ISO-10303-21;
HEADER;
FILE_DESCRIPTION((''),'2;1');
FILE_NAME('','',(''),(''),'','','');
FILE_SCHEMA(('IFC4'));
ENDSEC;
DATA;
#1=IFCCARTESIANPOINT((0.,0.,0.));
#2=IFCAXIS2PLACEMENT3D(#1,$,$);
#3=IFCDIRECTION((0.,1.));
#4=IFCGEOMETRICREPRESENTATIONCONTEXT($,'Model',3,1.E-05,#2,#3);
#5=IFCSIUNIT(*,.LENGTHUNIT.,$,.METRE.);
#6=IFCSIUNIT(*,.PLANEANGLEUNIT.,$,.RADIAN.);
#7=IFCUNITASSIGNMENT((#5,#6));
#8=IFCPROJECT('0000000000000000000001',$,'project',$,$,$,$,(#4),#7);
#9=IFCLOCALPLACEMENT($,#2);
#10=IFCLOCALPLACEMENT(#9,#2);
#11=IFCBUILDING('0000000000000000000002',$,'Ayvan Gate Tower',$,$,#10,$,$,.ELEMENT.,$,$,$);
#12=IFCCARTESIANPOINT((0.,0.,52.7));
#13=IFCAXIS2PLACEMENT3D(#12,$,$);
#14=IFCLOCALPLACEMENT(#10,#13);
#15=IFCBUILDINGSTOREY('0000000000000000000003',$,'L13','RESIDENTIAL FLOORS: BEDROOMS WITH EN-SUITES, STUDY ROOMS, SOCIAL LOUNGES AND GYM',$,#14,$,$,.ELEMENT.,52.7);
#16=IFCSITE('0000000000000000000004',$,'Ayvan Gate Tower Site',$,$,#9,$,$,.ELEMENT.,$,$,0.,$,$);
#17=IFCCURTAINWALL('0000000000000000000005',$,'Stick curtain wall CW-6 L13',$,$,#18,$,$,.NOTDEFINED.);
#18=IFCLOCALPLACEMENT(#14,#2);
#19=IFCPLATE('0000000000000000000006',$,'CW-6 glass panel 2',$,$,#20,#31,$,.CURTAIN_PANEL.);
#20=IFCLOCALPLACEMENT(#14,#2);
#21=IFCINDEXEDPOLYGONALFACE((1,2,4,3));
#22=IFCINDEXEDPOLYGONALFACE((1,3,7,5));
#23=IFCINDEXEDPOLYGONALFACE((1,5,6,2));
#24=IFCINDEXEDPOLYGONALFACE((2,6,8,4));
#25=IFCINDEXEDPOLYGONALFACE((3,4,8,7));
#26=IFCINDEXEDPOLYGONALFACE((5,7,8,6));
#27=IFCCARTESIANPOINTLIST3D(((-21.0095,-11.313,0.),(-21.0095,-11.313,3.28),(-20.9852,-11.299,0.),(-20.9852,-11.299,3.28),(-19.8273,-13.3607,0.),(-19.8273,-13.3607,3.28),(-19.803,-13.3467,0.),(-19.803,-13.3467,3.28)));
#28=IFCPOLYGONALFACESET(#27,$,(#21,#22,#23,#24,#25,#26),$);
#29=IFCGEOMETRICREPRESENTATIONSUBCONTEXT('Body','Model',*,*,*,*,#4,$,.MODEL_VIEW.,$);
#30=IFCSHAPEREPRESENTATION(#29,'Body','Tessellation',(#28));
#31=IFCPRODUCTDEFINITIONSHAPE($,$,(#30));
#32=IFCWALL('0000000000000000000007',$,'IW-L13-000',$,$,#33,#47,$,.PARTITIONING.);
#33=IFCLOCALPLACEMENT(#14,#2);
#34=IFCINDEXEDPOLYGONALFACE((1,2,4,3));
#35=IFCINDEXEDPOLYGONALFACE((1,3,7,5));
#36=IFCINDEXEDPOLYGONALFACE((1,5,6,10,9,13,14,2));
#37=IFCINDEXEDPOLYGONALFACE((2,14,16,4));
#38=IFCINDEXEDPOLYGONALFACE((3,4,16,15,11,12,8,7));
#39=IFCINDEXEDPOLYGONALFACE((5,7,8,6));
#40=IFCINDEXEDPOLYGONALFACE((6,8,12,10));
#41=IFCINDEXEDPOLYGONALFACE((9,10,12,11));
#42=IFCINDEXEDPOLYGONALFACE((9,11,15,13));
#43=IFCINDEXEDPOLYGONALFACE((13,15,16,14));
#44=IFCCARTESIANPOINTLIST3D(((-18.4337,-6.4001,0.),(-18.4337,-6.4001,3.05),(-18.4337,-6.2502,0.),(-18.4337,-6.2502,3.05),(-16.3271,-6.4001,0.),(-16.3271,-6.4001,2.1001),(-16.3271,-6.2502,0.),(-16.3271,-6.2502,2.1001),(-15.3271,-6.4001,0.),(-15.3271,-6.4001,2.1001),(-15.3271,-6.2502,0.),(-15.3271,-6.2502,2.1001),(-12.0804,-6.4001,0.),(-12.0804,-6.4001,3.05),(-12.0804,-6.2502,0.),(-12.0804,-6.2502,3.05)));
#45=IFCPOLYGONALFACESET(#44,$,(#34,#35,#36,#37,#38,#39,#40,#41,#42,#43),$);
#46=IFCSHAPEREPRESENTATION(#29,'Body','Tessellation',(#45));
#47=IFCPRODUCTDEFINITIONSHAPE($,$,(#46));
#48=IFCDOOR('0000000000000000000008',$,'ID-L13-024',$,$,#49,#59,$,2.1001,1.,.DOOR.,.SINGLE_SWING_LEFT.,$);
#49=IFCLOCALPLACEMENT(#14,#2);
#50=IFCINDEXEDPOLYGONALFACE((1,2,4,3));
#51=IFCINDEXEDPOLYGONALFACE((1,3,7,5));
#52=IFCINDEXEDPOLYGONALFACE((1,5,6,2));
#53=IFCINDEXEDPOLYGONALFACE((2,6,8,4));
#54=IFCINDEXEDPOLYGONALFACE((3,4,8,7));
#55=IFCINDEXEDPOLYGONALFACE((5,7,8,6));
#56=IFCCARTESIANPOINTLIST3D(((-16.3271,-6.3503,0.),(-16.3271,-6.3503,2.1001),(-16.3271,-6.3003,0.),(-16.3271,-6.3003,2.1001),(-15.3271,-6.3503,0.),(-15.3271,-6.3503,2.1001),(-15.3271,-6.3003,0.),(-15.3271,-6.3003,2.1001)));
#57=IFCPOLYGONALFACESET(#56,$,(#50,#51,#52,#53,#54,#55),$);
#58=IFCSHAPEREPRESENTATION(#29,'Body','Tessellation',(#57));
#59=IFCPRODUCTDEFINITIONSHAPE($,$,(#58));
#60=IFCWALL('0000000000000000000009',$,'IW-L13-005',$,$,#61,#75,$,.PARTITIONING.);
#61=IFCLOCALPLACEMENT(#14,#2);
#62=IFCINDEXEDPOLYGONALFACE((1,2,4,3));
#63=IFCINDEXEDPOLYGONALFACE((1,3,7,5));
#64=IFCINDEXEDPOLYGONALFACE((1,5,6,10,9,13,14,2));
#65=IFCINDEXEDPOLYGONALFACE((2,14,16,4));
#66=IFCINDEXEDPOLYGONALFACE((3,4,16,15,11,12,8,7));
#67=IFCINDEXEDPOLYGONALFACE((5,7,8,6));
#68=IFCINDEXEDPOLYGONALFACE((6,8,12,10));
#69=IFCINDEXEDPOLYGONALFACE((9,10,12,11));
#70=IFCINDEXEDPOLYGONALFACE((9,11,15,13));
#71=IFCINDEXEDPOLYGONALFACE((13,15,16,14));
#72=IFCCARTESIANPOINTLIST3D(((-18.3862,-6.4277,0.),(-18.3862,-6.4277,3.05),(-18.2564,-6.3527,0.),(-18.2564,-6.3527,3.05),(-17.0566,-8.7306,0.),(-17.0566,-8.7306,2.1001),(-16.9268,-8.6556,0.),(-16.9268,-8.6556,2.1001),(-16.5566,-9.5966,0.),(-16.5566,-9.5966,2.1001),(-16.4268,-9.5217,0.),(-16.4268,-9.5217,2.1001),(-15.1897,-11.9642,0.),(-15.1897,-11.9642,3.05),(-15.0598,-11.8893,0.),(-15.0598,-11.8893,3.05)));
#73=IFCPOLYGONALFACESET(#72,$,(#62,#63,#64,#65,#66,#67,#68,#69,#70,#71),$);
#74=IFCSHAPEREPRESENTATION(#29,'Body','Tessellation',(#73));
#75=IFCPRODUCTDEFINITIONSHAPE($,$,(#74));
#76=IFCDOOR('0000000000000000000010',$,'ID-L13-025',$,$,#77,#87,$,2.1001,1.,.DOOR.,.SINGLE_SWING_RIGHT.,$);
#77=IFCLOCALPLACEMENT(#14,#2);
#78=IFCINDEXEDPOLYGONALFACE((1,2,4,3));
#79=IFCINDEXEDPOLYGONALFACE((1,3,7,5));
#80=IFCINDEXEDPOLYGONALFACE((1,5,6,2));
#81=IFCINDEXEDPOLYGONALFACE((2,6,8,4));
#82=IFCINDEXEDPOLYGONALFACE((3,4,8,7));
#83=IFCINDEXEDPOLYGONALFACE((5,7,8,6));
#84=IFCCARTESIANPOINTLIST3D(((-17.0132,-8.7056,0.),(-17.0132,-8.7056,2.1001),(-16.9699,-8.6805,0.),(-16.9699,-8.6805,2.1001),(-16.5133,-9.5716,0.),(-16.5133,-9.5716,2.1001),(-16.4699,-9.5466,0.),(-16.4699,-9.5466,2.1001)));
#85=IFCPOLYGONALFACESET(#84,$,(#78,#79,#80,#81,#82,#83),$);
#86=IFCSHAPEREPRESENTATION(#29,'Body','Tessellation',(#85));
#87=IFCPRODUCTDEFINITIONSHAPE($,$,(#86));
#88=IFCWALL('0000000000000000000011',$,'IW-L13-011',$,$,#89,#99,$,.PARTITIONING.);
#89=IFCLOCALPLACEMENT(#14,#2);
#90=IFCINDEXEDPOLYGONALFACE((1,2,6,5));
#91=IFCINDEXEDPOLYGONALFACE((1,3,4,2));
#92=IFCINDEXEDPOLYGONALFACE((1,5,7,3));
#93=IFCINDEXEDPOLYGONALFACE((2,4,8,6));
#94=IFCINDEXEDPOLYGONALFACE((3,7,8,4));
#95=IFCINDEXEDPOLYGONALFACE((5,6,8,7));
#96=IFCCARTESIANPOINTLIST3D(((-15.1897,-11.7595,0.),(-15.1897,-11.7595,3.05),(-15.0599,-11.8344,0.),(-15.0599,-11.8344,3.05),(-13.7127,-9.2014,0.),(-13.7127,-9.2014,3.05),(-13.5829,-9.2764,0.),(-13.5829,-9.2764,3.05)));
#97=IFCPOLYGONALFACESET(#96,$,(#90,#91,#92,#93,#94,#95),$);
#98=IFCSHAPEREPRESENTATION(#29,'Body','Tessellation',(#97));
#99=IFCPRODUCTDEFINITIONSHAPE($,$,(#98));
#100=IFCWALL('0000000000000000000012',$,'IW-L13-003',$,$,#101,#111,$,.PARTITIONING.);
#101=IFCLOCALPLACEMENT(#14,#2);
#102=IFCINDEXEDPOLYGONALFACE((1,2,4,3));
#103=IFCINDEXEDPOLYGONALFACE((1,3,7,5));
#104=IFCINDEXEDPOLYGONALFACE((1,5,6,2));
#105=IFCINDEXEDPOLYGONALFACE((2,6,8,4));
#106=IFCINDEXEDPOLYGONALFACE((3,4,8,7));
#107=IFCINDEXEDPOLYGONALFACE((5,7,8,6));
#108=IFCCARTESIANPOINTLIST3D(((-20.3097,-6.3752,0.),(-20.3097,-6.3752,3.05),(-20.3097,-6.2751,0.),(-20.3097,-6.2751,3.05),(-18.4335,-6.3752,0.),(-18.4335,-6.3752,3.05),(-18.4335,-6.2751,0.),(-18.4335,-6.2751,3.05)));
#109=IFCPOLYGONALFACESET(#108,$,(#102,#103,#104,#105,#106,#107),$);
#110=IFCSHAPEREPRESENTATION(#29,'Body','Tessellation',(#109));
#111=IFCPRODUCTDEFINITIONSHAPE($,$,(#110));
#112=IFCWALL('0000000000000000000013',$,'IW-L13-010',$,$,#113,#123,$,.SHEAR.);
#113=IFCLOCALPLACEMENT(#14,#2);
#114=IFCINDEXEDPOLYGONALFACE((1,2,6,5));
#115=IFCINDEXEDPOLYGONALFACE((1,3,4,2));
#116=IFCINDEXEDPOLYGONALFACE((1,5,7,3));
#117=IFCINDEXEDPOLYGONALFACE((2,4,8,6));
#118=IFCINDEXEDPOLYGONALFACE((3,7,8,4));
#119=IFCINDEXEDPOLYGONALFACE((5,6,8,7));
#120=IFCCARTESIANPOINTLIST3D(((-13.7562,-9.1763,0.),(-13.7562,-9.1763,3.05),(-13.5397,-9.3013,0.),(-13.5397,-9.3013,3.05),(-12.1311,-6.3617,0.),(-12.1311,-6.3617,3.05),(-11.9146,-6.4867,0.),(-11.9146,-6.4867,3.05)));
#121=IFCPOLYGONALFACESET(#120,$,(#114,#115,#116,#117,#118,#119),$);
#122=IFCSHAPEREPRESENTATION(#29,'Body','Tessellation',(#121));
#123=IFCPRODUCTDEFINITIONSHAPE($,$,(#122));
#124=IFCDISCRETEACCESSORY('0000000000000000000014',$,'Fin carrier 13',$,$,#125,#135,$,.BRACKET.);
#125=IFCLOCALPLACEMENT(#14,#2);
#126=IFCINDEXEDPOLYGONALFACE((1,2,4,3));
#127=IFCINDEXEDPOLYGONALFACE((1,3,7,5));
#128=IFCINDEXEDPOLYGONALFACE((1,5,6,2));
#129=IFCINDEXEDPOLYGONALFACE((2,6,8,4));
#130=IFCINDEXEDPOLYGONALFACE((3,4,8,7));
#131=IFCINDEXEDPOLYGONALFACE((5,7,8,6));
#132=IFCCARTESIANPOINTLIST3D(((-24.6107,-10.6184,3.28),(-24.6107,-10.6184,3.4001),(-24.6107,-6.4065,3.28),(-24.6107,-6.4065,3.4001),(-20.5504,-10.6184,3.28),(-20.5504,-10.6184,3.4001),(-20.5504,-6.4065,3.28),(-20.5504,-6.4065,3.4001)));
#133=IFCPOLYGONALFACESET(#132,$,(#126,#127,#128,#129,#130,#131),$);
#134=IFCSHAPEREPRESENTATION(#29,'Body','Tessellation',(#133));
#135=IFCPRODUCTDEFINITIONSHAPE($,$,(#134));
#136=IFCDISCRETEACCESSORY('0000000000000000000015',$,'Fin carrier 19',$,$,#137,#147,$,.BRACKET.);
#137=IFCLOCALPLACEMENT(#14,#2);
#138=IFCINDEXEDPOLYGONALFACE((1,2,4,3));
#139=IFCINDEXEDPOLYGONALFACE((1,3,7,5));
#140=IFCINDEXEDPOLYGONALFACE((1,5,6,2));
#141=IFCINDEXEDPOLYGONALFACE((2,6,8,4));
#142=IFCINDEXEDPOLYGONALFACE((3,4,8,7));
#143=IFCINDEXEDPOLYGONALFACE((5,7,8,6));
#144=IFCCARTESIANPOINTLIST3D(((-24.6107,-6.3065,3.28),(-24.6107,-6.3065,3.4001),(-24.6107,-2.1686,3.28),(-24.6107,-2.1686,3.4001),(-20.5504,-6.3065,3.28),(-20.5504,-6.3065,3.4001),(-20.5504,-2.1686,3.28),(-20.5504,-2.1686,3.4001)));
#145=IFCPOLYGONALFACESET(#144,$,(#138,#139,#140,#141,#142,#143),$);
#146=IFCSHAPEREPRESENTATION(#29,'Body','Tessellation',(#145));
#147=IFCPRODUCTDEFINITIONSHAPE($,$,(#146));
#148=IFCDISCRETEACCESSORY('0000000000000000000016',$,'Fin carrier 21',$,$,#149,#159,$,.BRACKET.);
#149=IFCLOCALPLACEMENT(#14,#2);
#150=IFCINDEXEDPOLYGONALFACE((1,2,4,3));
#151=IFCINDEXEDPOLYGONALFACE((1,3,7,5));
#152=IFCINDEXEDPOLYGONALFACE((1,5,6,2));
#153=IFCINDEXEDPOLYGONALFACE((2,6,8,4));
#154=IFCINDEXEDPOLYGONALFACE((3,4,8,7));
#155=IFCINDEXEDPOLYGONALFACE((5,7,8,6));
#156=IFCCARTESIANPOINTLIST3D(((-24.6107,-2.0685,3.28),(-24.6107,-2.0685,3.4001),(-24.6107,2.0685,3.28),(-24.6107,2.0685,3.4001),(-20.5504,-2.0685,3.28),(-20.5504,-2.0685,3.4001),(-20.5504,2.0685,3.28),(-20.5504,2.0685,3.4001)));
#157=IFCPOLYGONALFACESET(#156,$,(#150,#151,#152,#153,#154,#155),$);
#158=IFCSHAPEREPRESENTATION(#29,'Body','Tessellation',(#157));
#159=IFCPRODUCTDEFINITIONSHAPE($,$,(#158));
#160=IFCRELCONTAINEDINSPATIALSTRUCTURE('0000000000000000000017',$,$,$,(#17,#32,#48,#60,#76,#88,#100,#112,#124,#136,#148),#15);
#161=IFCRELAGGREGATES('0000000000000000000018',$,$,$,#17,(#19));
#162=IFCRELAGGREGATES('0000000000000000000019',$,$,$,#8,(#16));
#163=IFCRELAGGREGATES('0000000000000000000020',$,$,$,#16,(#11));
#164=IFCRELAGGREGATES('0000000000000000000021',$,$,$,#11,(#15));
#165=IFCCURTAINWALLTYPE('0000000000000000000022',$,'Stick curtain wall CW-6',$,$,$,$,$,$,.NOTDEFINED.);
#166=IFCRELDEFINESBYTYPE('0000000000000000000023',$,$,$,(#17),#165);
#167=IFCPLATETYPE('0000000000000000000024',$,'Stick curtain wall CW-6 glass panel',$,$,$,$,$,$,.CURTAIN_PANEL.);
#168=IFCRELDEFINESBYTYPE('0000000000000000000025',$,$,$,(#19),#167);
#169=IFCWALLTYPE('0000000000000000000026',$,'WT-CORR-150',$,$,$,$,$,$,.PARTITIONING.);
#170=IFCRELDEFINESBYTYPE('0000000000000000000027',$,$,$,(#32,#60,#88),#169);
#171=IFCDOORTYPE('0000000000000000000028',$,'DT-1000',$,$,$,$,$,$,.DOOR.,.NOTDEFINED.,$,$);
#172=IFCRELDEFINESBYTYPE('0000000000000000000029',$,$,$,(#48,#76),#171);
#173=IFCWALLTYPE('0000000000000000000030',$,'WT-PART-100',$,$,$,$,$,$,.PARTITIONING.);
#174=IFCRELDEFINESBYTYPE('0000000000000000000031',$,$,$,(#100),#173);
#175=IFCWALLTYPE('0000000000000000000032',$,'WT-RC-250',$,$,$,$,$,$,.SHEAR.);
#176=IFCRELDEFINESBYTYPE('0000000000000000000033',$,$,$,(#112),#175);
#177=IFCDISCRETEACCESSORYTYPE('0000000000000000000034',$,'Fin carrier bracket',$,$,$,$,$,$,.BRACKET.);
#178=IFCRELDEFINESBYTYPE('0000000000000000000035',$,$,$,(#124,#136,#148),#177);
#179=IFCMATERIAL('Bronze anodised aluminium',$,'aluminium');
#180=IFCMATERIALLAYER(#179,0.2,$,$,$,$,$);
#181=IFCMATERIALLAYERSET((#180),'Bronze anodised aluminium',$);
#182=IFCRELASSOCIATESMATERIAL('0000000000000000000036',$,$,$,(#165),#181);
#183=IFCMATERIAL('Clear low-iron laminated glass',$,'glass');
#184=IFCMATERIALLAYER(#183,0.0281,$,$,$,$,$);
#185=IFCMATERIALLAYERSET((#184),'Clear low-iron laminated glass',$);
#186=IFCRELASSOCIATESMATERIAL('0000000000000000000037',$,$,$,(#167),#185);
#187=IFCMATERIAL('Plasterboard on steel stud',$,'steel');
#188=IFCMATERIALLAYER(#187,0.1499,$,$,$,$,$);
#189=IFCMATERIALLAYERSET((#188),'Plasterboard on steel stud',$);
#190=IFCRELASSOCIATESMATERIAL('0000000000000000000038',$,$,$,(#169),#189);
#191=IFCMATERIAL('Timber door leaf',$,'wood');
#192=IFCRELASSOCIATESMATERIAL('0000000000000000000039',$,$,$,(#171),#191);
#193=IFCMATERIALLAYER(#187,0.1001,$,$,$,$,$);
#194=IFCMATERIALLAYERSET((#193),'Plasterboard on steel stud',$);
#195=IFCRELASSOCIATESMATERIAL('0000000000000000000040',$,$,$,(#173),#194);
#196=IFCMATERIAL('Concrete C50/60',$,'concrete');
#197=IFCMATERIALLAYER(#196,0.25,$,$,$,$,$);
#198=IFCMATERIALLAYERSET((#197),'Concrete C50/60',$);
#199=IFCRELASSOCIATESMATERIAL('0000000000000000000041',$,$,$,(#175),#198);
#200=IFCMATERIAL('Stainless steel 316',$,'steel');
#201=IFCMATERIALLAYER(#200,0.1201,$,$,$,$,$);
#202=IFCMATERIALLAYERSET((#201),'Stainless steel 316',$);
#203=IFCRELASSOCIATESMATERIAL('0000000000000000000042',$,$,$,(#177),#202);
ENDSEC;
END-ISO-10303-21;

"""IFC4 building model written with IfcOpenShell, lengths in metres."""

from ifc_helpers import new_model, si_unit, direction, frame, frame_2d, origin, origin_2d, place, context, subcontext, project, spatial, rectangle, extrude, material, layer, layer_set, type_object, element, fill, aggregate, save


model = new_model("IFC4")

# Units and contexts
model_context = context("Model", 3, precision=1e-05, world=origin(), true_north=direction((0.0, 1.0)))
body_context = subcontext(model_context, "Body", "Model", "MODEL_VIEW")
ifc_project = project(units=[si_unit("LENGTHUNIT", "METRE"), si_unit("PLANEANGLEUNIT", "RADIAN")], contexts=[model_context])

# Site, building, storey
site_placement = place(None, origin())
site = spatial("IfcSite", under=ifc_project, at=site_placement, Name="Ayvan Gate Tower Site", CompositionType="ELEMENT", RefElevation=0.0)
building_placement = place(site_placement, origin())
building = spatial("IfcBuilding", under=site, at=building_placement, Name="Ayvan Gate Tower", CompositionType="ELEMENT")
storey_placement = place(building_placement, frame((0.0, 0.0, 52.7)))
storey = spatial("IfcBuildingStorey", under=building, at=storey_placement, Name="L13", Description="RESIDENTIAL FLOORS: BEDROOMS WITH EN-SUITES, STUDY ROOMS, SOCIAL LOUNGES AND GYM", CompositionType="ELEMENT", Elevation=52.7)

# Curtain wall
ifc_material_1 = material(Name="Bronze anodised aluminium", Category="aluminium")
ifc_layer_1 = layer(ifc_material_1, 0.2)
ifc_layer_set_1 = layer_set([ifc_layer_1], Name="Bronze anodised aluminium")
curtain_wall_type_1 = type_object("IfcCurtainWallType", Name="Stick curtain wall CW-6", PredefinedType="NOTDEFINED", material=ifc_layer_set_1)
curtain_wall_1_placement = place(storey_placement, origin())
curtain_wall_1 = element("IfcCurtainWall", 1, at=curtain_wall_1_placement, inside=storey, type_object=curtain_wall_type_1, Name="Stick curtain wall CW-6 L13", PredefinedType="NOTDEFINED")

# Plate
ifc_material_2 = material(Name="Clear low-iron laminated glass", Category="glass")
ifc_layer_2 = layer(ifc_material_2, 0.0281)
ifc_layer_set_2 = layer_set([ifc_layer_2], Name="Clear low-iron laminated glass")
plate_type_1 = type_object("IfcPlateType", Name="Stick curtain wall CW-6 glass panel", PredefinedType="CURTAIN_PANEL", material=ifc_layer_set_2)
plate_1_placement = place(storey_placement, frame((-20.4062, -12.3298, 0.0), z_axis=(0.0, 0.0, 1.0), x_axis=(0.5, -0.866025, 0.0)))
plate_1 = element("IfcPlate", 2, at=plate_1_placement, type_object=plate_type_1, Name="CW-6 glass panel 2", PredefinedType="CURTAIN_PANEL", context=body_context, shape_type="SweptSolid", body=[
    extrude(rectangle(XDim=2.3645, YDim=0.0281, at=origin_2d()), origin(), (0.0, 0.0, 1.0), 3.28),
])
aggregate(curtain_wall_1, [plate_1])

# Walls, openings, doors
ifc_material_3 = material(Name="Plasterboard on steel stud", Category="steel")
ifc_layer_3 = layer(ifc_material_3, 0.1499)
ifc_layer_set_3 = layer_set([ifc_layer_3], Name="Plasterboard on steel stud")
wall_type_1 = type_object("IfcWallType", Name="WT-CORR-150", PredefinedType="PARTITIONING", material=ifc_layer_set_3)
wall_1_placement = place(storey_placement, frame((-18.4338, -6.3252, 0.0), z_axis=(0.0, 0.0, 1.0), x_axis=(1.0, 0.0, 0.0)))
wall_1 = element("IfcWall", 3, at=wall_1_placement, inside=storey, type_object=wall_type_1, Name="IW-L13-000", PredefinedType="PARTITIONING", context=body_context, shape_type="SweptSolid", body=[
    extrude(rectangle(XDim=6.3533, YDim=0.1499, at=frame_2d((3.1768, 0.0))), origin(), (0.0, 0.0, 1.0), 3.05),
])
opening_1_placement = place(wall_1_placement, frame((2.1067, 0.0, 0.0)))
opening_1 = element("IfcOpeningElement", 4, at=opening_1_placement, cuts=wall_1, PredefinedType="OPENING", context=body_context, shape_type="SweptSolid", body=[
    extrude(rectangle(XDim=1.0, YDim=2.1001, at=frame_2d((0.5, 1.05))), frame((0.0, 0.085, 0.0), z_axis=(0.0, -1.0, 0.0), x_axis=(1.0, 0.0, 0.0)), (0.0, 0.0, 1.0), 0.1699),
])
ifc_material_4 = material(Name="Timber door leaf", Category="wood")
door_type = type_object("IfcDoorType", Name="DT-1000", OperationType="NOTDEFINED", PredefinedType="DOOR", material=ifc_material_4)
door_1_placement = place(opening_1_placement, origin())
door_1 = element("IfcDoor", 5, at=door_1_placement, inside=storey, type_object=door_type, Name="ID-L13-024", OperationType="SINGLE_SWING_LEFT", OverallHeight=2.1001, OverallWidth=1.0, PredefinedType="DOOR", context=body_context, shape_type="SweptSolid", body=[
    extrude(rectangle(XDim=1.0, YDim=2.1001, at=frame_2d((0.5, 1.05))), frame((0.0, 0.0249, 0.0), z_axis=(0.0, -1.0, 0.0), x_axis=(1.0, 0.0, 0.0)), (0.0, 0.0, 1.0), 0.05),
])
fill(opening_1, door_1)
wall_2_placement = place(storey_placement, frame((-15.1248, -11.9268, 0.0), z_axis=(0.0, 0.0, 1.0), x_axis=(-0.499996, 0.866028, 0.0)))
wall_2 = element("IfcWall", 6, at=wall_2_placement, inside=storey, type_object=wall_type_1, Name="IW-L13-005", PredefinedType="PARTITIONING", context=body_context, shape_type="SweptSolid", body=[
    extrude(rectangle(XDim=6.3931, YDim=0.1499, at=frame_2d((3.1965, 0.0))), origin(), (0.0, 0.0, 1.0), 3.05),
])
opening_2_placement = place(wall_2_placement, frame((2.7339, 0.0, 0.0)))
opening_2 = element("IfcOpeningElement", 7, at=opening_2_placement, cuts=wall_2, PredefinedType="OPENING", context=body_context, shape_type="SweptSolid", body=[
    extrude(rectangle(XDim=1.0, YDim=2.1001, at=frame_2d((0.5, 1.05))), frame((0.0, 0.085, 0.0), z_axis=(0.0, -1.0, 0.0), x_axis=(1.0, 0.0, 0.0)), (0.0, 0.0, 1.0), 0.1699),
])
door_2_placement = place(opening_2_placement, origin())
door_2 = element("IfcDoor", 8, at=door_2_placement, inside=storey, type_object=door_type, Name="ID-L13-025", OperationType="SINGLE_SWING_RIGHT", OverallHeight=2.1001, OverallWidth=1.0, PredefinedType="DOOR", context=body_context, shape_type="SweptSolid", body=[
    extrude(rectangle(XDim=1.0, YDim=2.1001, at=frame_2d((0.5, 1.05))), frame((0.0, 0.0249, 0.0), z_axis=(0.0, -1.0, 0.0), x_axis=(1.0, 0.0, 0.0)), (0.0, 0.0, 1.0), 0.05),
])
fill(opening_2, door_2)

# Walls
wall_3_placement = place(storey_placement, frame((-13.6477, -9.2388, 0.0), z_axis=(0.0, 0.0, 1.0), x_axis=(-0.500032, -0.866007, 0.0)))
element("IfcWall", 9, at=wall_3_placement, inside=storey, type_object=wall_type_1, Name="IW-L13-011", PredefinedType="PARTITIONING", context=body_context, shape_type="SweptSolid", body=[
    extrude(rectangle(XDim=2.9539, YDim=0.1499, at=frame_2d((1.4771, 0.0))), origin(), (0.0, 0.0, 1.0), 3.05),
])
ifc_layer_4 = layer(ifc_material_3, 0.1001)
ifc_layer_set_4 = layer_set([ifc_layer_4], Name="Plasterboard on steel stud")
wall_type_2 = type_object("IfcWallType", Name="WT-PART-100", PredefinedType="PARTITIONING", material=ifc_layer_set_4)
wall_4_placement = place(storey_placement, frame((-18.4336, -6.3252, 0.0), z_axis=(0.0, 0.0, 1.0), x_axis=(-1.0, 0.0, 0.0)))
element("IfcWall", 10, at=wall_4_placement, inside=storey, type_object=wall_type_2, Name="IW-L13-003", PredefinedType="PARTITIONING", context=body_context, shape_type="SweptSolid", body=[
    extrude(rectangle(XDim=1.8762, YDim=0.1001, at=frame_2d((0.938, 0.0))), origin(), (0.0, 0.0, 1.0), 3.05),
])
ifc_material_5 = material(Name="Concrete C50/60", Category="concrete")
ifc_layer_5 = layer(ifc_material_5, 0.25)
ifc_layer_set_5 = layer_set([ifc_layer_5], Name="Concrete C50/60")
wall_type_3 = type_object("IfcWallType", Name="WT-RC-250", PredefinedType="SHEAR", material=ifc_layer_set_5)
wall_5_placement = place(storey_placement, frame((-13.6479, -9.2388, 0.0), z_axis=(0.0, 0.0, 1.0), x_axis=(0.500017, 0.866015, 0.0)))
element("IfcWall", 11, at=wall_5_placement, inside=storey, type_object=wall_type_3, Name="IW-L13-010", PredefinedType="SHEAR", context=body_context, shape_type="SweptSolid", body=[
    extrude(rectangle(XDim=3.25, YDim=0.25, at=frame_2d((1.625, 0.0))), origin(), (0.0, 0.0, 1.0), 3.05),
])

# Discrete accessories
ifc_material_6 = material(Name="Stainless steel 316", Category="steel")
ifc_layer_6 = layer(ifc_material_6, 0.1201)
ifc_layer_set_6 = layer_set([ifc_layer_6], Name="Stainless steel 316")
discrete_accessory_type = type_object("IfcDiscreteAccessoryType", Name="Fin carrier bracket", PredefinedType="BRACKET", material=ifc_layer_set_6)
discrete_accessory_1_placement = place(storey_placement, frame((-22.5806, -8.5125, 3.28), z_axis=(0.0, 0.0, 1.0), x_axis=(0.0, -1.0, 0.0)))
element("IfcDiscreteAccessory", 12, at=discrete_accessory_1_placement, inside=storey, type_object=discrete_accessory_type, Name="Fin carrier 13", PredefinedType="BRACKET", context=body_context, shape_type="SweptSolid", body=[
    extrude(rectangle(XDim=4.2119, YDim=4.0603, at=origin_2d()), origin(), (0.0, 0.0, 1.0), 0.1201),
])
discrete_accessory_2_placement = place(storey_placement, frame((-22.5806, -4.2375, 3.28), z_axis=(0.0, 0.0, 1.0), x_axis=(0.0, -1.0, 0.0)))
element("IfcDiscreteAccessory", 13, at=discrete_accessory_2_placement, inside=storey, type_object=discrete_accessory_type, Name="Fin carrier 19", PredefinedType="BRACKET", context=body_context, shape_type="SweptSolid", body=[
    extrude(rectangle(XDim=4.1379, YDim=4.0603, at=origin_2d()), origin(), (0.0, 0.0, 1.0), 0.1201),
])
discrete_accessory_3_placement = place(storey_placement, frame((-22.5806, 0.0, 3.28), z_axis=(0.0, 0.0, 1.0), x_axis=(0.0, -1.0, 0.0)))
element("IfcDiscreteAccessory", 14, at=discrete_accessory_3_placement, inside=storey, type_object=discrete_accessory_type, Name="Fin carrier 21", PredefinedType="BRACKET", context=body_context, shape_type="SweptSolid", body=[
    extrude(rectangle(XDim=4.137, YDim=4.0603, at=origin_2d()), origin(), (0.0, 0.0, 1.0), 0.1201),
])

save(model, "model.ifc")
